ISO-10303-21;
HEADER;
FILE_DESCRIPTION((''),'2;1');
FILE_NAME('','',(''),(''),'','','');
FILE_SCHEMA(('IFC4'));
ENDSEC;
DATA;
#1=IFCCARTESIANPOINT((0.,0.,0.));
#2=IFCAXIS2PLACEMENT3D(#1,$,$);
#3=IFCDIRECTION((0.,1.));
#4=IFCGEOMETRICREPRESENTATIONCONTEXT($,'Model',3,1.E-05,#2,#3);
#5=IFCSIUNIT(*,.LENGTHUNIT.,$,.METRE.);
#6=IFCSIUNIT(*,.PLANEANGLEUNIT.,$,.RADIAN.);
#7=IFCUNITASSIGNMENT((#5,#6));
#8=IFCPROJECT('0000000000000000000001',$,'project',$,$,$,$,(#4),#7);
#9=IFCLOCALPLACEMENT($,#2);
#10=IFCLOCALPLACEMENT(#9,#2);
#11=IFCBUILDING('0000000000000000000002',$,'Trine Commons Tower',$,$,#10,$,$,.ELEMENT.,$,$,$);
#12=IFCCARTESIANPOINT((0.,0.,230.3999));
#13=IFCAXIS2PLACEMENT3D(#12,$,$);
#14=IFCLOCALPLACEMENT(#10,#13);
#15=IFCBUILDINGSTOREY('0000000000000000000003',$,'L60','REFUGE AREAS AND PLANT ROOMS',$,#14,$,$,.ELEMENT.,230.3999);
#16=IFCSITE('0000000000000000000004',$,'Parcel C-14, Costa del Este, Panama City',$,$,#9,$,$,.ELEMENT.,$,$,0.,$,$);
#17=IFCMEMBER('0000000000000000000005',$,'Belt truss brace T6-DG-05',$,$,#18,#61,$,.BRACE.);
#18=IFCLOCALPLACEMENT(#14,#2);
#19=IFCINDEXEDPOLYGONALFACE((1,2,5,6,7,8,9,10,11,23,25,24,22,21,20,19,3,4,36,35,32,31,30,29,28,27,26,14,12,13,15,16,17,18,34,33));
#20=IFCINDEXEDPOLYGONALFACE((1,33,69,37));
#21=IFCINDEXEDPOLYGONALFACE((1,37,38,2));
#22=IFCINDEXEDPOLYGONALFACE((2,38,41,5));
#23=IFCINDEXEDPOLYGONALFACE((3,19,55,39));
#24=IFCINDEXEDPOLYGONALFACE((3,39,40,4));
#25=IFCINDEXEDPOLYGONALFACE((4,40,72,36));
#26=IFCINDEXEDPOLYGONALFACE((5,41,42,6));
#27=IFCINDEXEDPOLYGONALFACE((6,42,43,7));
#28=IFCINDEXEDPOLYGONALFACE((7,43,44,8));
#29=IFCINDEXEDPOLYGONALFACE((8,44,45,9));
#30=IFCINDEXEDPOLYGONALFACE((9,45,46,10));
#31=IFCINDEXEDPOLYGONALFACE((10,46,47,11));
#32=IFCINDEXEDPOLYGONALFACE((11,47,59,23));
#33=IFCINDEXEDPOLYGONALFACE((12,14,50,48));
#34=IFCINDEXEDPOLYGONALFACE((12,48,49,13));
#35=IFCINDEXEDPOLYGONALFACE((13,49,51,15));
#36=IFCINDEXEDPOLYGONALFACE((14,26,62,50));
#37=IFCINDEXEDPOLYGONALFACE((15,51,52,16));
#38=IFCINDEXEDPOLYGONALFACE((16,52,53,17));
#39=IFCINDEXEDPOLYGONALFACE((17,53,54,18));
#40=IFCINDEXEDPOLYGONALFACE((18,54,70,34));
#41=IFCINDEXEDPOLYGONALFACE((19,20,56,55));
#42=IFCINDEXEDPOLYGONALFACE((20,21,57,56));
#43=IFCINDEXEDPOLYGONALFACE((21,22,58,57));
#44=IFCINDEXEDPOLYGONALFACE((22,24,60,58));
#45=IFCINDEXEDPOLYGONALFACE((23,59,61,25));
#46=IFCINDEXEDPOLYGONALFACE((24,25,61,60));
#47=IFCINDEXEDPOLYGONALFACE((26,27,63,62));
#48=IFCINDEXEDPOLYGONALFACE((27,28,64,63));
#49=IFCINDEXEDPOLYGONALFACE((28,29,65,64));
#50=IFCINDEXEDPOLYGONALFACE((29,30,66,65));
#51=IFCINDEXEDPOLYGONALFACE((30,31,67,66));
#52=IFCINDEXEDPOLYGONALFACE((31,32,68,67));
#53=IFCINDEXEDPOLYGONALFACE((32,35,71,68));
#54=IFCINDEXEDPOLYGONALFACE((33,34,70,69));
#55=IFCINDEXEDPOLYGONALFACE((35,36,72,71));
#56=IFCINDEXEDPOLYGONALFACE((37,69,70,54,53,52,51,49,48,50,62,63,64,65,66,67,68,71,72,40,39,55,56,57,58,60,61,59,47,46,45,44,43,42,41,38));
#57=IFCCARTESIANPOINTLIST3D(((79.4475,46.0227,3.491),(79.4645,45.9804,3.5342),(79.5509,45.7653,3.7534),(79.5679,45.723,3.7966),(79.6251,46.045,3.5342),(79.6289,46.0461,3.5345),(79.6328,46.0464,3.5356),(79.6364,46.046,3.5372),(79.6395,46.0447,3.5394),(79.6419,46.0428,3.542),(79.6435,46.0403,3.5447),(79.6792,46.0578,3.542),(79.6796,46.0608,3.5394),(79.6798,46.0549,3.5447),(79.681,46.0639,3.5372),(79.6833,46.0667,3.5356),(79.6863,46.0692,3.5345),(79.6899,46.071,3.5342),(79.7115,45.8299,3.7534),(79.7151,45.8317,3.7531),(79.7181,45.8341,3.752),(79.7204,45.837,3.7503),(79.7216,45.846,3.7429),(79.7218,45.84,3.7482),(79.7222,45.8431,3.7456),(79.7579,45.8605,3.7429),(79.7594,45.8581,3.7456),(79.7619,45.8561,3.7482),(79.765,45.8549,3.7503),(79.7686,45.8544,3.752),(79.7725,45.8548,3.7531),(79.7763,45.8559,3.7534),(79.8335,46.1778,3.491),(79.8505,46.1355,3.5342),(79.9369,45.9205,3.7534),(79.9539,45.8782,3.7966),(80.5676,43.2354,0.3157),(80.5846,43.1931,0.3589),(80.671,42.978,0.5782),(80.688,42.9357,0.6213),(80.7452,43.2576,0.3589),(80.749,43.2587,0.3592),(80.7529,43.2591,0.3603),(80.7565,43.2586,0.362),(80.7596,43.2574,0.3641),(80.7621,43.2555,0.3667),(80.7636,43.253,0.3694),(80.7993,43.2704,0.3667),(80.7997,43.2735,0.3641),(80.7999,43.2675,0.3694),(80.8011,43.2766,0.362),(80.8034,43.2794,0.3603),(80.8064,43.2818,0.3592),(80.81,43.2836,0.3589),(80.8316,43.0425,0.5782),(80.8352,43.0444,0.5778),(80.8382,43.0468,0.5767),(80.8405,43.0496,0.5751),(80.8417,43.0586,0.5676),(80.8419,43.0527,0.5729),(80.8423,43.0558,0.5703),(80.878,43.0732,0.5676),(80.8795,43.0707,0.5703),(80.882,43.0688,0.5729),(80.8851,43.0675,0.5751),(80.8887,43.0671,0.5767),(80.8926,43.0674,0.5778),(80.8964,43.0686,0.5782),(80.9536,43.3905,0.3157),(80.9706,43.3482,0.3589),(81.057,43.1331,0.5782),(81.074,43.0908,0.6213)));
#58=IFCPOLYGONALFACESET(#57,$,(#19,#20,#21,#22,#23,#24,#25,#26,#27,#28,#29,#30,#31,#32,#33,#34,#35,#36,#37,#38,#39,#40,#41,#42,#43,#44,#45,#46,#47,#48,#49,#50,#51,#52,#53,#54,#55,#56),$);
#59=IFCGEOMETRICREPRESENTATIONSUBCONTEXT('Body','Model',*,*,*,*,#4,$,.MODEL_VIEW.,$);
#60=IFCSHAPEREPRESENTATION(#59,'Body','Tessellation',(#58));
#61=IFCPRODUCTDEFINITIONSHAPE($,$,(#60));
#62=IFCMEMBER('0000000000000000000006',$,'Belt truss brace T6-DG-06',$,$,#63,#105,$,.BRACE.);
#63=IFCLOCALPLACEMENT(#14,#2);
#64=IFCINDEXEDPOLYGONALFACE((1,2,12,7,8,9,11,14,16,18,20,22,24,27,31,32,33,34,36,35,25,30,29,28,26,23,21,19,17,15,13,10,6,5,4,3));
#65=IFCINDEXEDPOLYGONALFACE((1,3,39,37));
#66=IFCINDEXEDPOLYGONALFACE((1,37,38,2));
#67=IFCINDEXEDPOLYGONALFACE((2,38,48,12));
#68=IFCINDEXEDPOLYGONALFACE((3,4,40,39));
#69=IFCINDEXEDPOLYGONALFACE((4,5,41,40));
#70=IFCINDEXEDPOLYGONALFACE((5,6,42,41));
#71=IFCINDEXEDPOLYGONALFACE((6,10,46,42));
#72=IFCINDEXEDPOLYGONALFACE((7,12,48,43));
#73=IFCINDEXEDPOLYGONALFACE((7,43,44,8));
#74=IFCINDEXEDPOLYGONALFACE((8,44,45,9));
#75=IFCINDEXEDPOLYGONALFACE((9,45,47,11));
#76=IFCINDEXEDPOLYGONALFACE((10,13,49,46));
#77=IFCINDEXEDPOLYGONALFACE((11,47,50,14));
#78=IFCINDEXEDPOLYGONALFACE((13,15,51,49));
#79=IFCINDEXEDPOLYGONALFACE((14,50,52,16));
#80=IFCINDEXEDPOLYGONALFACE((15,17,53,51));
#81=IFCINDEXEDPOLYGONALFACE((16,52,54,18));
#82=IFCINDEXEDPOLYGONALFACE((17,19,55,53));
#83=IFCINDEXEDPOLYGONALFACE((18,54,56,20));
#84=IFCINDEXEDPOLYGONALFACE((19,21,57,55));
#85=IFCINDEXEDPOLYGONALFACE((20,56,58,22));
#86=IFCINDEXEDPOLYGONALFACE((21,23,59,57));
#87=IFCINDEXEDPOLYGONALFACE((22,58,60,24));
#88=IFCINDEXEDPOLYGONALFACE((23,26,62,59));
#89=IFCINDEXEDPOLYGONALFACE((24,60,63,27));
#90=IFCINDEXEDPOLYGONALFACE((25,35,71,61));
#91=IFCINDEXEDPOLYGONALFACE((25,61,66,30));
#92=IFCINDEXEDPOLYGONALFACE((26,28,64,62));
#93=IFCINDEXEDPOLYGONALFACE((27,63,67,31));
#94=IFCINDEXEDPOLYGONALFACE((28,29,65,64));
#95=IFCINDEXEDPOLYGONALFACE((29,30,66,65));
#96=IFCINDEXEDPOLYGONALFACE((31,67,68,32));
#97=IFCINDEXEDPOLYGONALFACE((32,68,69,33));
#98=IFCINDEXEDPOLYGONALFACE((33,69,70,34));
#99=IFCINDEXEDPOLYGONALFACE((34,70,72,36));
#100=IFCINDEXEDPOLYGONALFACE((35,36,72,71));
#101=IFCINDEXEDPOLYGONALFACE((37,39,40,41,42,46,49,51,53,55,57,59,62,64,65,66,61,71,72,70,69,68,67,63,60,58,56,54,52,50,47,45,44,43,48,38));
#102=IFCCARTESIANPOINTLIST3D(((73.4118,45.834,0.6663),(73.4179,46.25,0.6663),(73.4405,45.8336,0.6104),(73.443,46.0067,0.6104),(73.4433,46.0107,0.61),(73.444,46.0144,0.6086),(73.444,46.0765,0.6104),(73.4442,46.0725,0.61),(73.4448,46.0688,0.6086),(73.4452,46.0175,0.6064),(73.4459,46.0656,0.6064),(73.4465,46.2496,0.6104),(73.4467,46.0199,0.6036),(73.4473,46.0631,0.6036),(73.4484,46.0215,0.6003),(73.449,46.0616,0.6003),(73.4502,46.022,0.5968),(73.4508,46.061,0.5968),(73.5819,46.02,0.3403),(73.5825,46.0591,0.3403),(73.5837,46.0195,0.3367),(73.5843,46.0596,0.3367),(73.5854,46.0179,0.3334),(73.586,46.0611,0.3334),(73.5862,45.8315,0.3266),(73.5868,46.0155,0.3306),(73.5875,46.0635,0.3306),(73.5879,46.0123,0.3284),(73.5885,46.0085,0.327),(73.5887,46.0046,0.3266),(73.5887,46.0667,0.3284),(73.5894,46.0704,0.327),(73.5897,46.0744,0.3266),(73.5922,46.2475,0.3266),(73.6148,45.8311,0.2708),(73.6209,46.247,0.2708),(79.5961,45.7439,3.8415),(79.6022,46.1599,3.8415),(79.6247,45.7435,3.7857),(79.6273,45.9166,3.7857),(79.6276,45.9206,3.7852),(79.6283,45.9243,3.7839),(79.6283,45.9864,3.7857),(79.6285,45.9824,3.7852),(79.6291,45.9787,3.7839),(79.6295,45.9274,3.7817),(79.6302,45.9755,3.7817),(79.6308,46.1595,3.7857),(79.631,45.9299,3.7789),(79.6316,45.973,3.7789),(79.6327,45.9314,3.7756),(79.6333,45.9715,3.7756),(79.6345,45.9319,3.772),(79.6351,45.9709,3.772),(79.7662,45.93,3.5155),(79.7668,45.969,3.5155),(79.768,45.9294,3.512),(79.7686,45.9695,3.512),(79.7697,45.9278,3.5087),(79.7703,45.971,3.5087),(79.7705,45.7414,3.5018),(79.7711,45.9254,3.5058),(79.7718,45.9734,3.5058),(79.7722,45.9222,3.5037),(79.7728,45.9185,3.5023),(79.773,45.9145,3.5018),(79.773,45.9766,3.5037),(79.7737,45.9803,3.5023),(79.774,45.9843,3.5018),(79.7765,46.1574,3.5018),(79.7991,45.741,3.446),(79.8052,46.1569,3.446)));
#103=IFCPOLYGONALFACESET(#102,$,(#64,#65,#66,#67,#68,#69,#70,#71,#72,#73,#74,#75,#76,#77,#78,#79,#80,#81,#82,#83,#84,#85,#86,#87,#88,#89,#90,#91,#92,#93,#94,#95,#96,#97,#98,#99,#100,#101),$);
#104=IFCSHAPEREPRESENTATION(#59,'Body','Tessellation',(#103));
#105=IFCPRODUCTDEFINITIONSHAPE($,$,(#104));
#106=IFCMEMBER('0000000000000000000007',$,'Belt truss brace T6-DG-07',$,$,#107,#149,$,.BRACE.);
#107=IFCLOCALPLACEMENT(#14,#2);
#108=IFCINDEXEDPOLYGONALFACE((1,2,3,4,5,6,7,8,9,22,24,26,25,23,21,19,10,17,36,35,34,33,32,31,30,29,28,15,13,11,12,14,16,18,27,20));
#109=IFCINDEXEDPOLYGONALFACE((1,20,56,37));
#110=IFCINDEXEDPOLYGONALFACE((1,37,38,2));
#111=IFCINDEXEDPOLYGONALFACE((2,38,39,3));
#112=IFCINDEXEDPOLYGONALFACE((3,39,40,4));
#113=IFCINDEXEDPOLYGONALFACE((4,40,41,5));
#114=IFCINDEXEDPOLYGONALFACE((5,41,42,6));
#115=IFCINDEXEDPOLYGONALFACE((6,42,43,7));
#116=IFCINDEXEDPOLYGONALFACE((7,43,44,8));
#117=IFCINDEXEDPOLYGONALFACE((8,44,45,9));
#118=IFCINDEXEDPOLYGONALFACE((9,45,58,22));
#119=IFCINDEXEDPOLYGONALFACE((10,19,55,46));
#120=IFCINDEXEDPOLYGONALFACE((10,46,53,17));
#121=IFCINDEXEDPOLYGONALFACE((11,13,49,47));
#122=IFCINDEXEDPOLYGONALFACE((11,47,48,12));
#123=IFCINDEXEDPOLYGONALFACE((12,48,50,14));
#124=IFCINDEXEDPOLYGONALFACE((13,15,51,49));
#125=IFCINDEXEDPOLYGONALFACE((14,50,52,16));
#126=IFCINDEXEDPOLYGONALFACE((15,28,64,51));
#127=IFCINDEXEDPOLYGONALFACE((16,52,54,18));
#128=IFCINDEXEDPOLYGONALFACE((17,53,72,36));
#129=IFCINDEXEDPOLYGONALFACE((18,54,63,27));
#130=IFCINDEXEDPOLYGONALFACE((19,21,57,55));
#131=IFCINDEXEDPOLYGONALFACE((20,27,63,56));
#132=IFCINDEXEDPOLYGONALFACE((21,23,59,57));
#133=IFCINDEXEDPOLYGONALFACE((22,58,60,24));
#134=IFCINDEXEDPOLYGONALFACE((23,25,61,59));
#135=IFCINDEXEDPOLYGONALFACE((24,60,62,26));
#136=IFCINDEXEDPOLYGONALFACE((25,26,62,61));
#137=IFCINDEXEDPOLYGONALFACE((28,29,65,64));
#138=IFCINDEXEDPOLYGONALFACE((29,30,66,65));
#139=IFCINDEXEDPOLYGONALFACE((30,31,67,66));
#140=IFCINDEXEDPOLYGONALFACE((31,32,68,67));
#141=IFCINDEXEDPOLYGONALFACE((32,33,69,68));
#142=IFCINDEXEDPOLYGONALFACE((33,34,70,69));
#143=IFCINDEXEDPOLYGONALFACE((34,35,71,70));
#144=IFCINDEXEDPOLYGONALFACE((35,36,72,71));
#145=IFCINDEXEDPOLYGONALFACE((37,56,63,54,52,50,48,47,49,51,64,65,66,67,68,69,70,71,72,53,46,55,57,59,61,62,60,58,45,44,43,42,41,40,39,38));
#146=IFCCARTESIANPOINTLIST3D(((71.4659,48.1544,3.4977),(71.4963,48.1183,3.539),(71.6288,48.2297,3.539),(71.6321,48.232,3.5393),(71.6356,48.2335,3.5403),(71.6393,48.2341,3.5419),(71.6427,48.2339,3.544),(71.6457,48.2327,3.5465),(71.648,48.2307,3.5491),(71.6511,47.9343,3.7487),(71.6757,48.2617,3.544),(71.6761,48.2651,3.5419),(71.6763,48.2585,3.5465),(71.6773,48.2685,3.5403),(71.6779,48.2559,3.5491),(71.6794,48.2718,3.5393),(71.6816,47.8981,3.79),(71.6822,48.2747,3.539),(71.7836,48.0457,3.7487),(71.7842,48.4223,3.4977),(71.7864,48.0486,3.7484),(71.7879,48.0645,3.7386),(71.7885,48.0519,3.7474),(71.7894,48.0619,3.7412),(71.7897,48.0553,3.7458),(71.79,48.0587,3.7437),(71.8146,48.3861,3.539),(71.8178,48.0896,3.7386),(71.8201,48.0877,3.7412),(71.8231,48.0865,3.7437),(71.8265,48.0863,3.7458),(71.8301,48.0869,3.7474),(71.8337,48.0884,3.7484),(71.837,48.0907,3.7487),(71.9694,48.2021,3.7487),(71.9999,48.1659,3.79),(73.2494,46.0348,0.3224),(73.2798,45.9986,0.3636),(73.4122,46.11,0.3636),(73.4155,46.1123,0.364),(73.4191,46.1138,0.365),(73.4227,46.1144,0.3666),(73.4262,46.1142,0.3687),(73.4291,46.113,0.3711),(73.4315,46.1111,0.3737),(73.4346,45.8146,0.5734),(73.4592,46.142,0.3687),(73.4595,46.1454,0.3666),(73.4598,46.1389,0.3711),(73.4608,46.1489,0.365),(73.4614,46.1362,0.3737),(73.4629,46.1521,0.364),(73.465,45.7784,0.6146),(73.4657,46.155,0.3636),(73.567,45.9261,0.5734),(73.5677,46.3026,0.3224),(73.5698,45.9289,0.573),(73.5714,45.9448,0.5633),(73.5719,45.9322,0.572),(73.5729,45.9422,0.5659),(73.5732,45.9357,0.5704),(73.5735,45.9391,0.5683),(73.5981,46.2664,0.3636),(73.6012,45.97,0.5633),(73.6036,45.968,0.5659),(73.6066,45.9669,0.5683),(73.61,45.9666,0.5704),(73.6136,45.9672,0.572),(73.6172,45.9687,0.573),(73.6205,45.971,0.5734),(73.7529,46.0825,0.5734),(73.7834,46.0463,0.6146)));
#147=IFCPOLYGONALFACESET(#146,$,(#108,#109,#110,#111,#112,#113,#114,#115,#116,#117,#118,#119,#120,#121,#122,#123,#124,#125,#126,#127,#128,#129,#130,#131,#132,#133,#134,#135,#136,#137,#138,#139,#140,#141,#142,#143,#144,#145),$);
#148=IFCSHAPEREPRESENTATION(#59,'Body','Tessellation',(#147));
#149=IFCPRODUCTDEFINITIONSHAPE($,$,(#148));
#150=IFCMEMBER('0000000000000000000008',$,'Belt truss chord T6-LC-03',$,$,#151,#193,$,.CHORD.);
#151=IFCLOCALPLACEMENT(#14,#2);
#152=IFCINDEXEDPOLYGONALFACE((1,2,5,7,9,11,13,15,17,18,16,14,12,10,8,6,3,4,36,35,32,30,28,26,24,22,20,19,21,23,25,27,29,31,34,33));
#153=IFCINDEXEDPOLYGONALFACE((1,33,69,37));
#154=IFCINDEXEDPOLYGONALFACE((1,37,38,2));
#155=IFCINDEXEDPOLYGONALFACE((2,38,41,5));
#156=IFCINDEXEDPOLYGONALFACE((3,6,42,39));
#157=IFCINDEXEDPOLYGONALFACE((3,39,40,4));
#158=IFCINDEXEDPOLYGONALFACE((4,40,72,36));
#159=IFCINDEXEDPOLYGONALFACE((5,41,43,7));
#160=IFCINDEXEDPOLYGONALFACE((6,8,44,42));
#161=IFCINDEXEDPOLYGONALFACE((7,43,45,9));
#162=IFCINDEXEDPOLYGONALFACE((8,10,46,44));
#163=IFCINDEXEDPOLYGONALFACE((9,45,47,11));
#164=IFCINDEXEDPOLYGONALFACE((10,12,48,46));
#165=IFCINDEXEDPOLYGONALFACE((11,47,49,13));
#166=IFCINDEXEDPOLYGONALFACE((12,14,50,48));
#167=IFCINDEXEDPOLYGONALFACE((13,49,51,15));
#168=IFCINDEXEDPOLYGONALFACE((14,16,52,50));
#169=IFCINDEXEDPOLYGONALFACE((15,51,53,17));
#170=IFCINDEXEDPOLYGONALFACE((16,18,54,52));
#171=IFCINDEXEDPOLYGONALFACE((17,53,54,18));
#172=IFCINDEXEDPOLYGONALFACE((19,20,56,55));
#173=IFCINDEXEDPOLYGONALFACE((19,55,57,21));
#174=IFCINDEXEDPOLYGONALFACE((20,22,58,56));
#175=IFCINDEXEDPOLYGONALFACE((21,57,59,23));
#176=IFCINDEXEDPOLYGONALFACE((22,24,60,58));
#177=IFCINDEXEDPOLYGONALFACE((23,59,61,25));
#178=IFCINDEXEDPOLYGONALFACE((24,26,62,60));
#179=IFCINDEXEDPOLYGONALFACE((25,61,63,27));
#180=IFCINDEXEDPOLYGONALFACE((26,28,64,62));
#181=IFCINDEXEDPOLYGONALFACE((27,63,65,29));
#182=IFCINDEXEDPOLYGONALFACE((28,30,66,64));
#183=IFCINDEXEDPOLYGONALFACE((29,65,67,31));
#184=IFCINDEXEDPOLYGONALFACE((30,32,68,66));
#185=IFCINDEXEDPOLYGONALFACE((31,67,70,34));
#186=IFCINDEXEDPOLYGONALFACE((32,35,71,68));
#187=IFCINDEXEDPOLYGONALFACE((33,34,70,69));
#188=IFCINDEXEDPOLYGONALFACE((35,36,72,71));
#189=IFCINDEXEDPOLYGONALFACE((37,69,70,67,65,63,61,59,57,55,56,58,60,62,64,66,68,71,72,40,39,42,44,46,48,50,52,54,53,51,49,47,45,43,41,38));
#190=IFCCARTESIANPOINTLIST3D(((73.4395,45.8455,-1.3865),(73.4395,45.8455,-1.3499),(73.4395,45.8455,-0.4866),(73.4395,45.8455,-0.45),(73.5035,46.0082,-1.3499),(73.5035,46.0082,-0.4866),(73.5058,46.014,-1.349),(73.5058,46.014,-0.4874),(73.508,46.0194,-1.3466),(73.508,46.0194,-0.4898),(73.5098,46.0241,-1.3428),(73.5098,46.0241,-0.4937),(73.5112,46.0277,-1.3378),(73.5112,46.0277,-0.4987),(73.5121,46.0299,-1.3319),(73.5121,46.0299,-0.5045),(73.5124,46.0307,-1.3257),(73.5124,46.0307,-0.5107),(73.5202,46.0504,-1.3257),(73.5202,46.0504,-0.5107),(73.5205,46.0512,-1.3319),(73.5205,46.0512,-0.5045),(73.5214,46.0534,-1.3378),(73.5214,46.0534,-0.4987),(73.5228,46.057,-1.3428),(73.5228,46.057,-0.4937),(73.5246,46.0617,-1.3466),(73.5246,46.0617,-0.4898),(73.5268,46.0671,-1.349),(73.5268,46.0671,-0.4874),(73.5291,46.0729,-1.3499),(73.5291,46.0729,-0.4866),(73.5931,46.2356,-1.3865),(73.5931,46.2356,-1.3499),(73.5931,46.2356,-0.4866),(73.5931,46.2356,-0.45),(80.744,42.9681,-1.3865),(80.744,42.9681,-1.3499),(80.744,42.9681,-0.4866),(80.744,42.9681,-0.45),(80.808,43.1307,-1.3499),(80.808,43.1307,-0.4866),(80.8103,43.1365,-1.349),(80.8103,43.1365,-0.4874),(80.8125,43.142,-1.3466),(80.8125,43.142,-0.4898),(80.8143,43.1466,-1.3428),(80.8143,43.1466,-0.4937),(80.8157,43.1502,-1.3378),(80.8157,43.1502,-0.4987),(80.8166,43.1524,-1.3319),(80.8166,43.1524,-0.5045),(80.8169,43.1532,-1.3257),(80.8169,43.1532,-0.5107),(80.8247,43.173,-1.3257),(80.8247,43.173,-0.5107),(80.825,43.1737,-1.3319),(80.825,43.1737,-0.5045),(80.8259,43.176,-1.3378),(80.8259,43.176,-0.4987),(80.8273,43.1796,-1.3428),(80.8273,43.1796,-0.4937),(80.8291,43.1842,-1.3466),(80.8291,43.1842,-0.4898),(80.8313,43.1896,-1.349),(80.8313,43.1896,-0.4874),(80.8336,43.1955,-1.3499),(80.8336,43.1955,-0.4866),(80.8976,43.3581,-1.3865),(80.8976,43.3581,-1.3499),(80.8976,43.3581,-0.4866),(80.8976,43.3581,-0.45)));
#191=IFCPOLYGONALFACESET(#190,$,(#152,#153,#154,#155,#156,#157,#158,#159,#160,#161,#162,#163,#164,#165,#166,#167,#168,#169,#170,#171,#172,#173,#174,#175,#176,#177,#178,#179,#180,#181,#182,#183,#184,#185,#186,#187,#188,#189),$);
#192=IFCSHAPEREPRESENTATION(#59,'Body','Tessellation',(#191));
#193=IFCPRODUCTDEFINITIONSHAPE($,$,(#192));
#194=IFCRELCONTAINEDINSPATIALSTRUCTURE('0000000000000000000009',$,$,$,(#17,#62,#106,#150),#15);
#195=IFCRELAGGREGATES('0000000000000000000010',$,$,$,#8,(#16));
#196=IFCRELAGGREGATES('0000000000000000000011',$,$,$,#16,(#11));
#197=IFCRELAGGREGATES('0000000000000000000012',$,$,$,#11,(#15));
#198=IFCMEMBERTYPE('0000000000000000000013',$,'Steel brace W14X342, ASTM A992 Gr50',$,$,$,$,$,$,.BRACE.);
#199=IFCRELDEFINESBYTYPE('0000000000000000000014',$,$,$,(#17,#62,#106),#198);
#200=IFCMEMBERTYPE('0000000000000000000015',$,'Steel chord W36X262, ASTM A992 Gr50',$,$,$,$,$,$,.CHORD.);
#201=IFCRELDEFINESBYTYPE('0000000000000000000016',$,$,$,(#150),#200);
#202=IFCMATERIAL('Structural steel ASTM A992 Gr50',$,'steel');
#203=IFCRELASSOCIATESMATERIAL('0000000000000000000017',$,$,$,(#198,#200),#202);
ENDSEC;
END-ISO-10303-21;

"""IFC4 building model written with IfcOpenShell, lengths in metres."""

from ifc_helpers import new_model, si_unit, direction, frame, origin, origin_2d, place, context, subcontext, project, spatial, i_section, extrude, material, material_profile, profile_set, type_object, element, save


model = new_model("IFC4")

# Units and contexts
model_context = context("Model", 3, precision=1e-05, world=origin(), true_north=direction((0.0, 1.0)))
body_context = subcontext(model_context, "Body", "Model", "MODEL_VIEW")
ifc_project = project(units=[si_unit("LENGTHUNIT", "METRE"), si_unit("PLANEANGLEUNIT", "RADIAN")], contexts=[model_context])

# Site, building, storey
site_placement = place(None, origin())
site = spatial("IfcSite", under=ifc_project, at=site_placement, Name="Parcel C-14, Costa del Este, Panama City", CompositionType="ELEMENT", RefElevation=0.0)
building_placement = place(site_placement, origin())
building = spatial("IfcBuilding", under=site, at=building_placement, Name="Trine Commons Tower", CompositionType="ELEMENT")
storey_placement = place(building_placement, frame((0.0, 0.0, 230.3999)))
storey = spatial("IfcBuildingStorey", under=building, at=storey_placement, Name="L60", Description="REFUGE AREAS AND PLANT ROOMS", CompositionType="ELEMENT", Elevation=230.3999)

# Members
ifc_material_1 = material(Name="Structural steel ASTM A992 Gr50", Category="steel")
ifc_material_profile_1 = material_profile(ifc_material_1, i_section(OverallWidth=0.416, OverallDepth=0.4446, WebThickness=0.0391, FlangeThickness=0.0627, FilletRadius=0.0154, at=origin_2d()), Name="W14X342")
ifc_profile_set_1 = profile_set([ifc_material_profile_1], Name="Structural steel ASTM A992 Gr50")
member_type_1 = type_object("IfcMemberType", Name="Steel brace W14X342, ASTM A992 Gr50", PredefinedType="BRACE", material=ifc_profile_set_1)
member_1_placement = place(storey_placement, frame((80.8208, 43.1631, 0.4685), z_axis=(-0.256255, 0.637678, 0.726429), x_axis=(-0.927881, -0.372876, 0.0)))
element("IfcMember", 1, at=member_1_placement, inside=storey, type_object=member_type_1, Name="Belt truss brace T6-DG-05", PredefinedType="BRACE", context=body_context, shape_type="SweptSolid", body=[
    extrude(i_section(OverallWidth=0.416, OverallDepth=0.4446, WebThickness=0.0391, FlangeThickness=0.0627, FilletRadius=0.0154, at=origin_2d()), origin(), (0.0, 0.0, 1.0), 4.3711),
])
member_2_placement = place(storey_placement, frame((73.5164, 46.0405, 0.4685), z_axis=(0.889518, -0.012958, 0.456716), x_axis=(0.014566, 0.999894, 0.0)))
element("IfcMember", 2, at=member_2_placement, inside=storey, type_object=member_type_1, Name="Belt truss brace T6-DG-06", PredefinedType="BRACE", context=body_context, shape_type="SweptSolid", body=[
    extrude(i_section(OverallWidth=0.416, OverallDepth=0.4446, WebThickness=0.0391, FlangeThickness=0.0627, FilletRadius=0.0154, at=origin_2d()), origin(), (0.0, 0.0, 1.0), 6.9524),
])
member_3_placement = place(storey_placement, frame((73.5164, 46.0405, 0.4685), z_axis=(-0.423241, 0.503022, 0.753549), x_axis=(-0.765179, -0.643818, 0.0)))
element("IfcMember", 3, at=member_3_placement, inside=storey, type_object=member_type_1, Name="Belt truss brace T6-DG-07", PredefinedType="BRACE", context=body_context, shape_type="SweptSolid", body=[
    extrude(i_section(OverallWidth=0.416, OverallDepth=0.4446, WebThickness=0.0391, FlangeThickness=0.0627, FilletRadius=0.0154, at=origin_2d()), origin(), (0.0, 0.0, 1.0), 4.2139),
])
ifc_material_profile_2 = material_profile(ifc_material_1, i_section(OverallWidth=0.4192, OverallDepth=0.9365, WebThickness=0.0212, FlangeThickness=0.0366, FilletRadius=0.0242, at=origin_2d()), Name="W36X262")
ifc_profile_set_2 = profile_set([ifc_material_profile_2], Name="Structural steel ASTM A992 Gr50")
member_type_2 = type_object("IfcMemberType", Name="Steel chord W36X262, ASTM A992 Gr50", PredefinedType="CHORD", material=ifc_profile_set_2)
member_4_placement = place(storey_placement, frame((80.8208, 43.1631, -0.9182), z_axis=(-0.930411, 0.366517, 0.0), x_axis=(-0.366517, -0.930411, 0.0)))
element("IfcMember", 4, at=member_4_placement, inside=storey, type_object=member_type_2, Name="Belt truss chord T6-LC-03", PredefinedType="CHORD", context=body_context, shape_type="SweptSolid", body=[
    extrude(i_section(OverallWidth=0.4192, OverallDepth=0.9365, WebThickness=0.0212, FlangeThickness=0.0366, FilletRadius=0.0242, at=origin_2d()), origin(), (0.0, 0.0, 1.0), 7.8508),
])

save(model, "model.ifc")
